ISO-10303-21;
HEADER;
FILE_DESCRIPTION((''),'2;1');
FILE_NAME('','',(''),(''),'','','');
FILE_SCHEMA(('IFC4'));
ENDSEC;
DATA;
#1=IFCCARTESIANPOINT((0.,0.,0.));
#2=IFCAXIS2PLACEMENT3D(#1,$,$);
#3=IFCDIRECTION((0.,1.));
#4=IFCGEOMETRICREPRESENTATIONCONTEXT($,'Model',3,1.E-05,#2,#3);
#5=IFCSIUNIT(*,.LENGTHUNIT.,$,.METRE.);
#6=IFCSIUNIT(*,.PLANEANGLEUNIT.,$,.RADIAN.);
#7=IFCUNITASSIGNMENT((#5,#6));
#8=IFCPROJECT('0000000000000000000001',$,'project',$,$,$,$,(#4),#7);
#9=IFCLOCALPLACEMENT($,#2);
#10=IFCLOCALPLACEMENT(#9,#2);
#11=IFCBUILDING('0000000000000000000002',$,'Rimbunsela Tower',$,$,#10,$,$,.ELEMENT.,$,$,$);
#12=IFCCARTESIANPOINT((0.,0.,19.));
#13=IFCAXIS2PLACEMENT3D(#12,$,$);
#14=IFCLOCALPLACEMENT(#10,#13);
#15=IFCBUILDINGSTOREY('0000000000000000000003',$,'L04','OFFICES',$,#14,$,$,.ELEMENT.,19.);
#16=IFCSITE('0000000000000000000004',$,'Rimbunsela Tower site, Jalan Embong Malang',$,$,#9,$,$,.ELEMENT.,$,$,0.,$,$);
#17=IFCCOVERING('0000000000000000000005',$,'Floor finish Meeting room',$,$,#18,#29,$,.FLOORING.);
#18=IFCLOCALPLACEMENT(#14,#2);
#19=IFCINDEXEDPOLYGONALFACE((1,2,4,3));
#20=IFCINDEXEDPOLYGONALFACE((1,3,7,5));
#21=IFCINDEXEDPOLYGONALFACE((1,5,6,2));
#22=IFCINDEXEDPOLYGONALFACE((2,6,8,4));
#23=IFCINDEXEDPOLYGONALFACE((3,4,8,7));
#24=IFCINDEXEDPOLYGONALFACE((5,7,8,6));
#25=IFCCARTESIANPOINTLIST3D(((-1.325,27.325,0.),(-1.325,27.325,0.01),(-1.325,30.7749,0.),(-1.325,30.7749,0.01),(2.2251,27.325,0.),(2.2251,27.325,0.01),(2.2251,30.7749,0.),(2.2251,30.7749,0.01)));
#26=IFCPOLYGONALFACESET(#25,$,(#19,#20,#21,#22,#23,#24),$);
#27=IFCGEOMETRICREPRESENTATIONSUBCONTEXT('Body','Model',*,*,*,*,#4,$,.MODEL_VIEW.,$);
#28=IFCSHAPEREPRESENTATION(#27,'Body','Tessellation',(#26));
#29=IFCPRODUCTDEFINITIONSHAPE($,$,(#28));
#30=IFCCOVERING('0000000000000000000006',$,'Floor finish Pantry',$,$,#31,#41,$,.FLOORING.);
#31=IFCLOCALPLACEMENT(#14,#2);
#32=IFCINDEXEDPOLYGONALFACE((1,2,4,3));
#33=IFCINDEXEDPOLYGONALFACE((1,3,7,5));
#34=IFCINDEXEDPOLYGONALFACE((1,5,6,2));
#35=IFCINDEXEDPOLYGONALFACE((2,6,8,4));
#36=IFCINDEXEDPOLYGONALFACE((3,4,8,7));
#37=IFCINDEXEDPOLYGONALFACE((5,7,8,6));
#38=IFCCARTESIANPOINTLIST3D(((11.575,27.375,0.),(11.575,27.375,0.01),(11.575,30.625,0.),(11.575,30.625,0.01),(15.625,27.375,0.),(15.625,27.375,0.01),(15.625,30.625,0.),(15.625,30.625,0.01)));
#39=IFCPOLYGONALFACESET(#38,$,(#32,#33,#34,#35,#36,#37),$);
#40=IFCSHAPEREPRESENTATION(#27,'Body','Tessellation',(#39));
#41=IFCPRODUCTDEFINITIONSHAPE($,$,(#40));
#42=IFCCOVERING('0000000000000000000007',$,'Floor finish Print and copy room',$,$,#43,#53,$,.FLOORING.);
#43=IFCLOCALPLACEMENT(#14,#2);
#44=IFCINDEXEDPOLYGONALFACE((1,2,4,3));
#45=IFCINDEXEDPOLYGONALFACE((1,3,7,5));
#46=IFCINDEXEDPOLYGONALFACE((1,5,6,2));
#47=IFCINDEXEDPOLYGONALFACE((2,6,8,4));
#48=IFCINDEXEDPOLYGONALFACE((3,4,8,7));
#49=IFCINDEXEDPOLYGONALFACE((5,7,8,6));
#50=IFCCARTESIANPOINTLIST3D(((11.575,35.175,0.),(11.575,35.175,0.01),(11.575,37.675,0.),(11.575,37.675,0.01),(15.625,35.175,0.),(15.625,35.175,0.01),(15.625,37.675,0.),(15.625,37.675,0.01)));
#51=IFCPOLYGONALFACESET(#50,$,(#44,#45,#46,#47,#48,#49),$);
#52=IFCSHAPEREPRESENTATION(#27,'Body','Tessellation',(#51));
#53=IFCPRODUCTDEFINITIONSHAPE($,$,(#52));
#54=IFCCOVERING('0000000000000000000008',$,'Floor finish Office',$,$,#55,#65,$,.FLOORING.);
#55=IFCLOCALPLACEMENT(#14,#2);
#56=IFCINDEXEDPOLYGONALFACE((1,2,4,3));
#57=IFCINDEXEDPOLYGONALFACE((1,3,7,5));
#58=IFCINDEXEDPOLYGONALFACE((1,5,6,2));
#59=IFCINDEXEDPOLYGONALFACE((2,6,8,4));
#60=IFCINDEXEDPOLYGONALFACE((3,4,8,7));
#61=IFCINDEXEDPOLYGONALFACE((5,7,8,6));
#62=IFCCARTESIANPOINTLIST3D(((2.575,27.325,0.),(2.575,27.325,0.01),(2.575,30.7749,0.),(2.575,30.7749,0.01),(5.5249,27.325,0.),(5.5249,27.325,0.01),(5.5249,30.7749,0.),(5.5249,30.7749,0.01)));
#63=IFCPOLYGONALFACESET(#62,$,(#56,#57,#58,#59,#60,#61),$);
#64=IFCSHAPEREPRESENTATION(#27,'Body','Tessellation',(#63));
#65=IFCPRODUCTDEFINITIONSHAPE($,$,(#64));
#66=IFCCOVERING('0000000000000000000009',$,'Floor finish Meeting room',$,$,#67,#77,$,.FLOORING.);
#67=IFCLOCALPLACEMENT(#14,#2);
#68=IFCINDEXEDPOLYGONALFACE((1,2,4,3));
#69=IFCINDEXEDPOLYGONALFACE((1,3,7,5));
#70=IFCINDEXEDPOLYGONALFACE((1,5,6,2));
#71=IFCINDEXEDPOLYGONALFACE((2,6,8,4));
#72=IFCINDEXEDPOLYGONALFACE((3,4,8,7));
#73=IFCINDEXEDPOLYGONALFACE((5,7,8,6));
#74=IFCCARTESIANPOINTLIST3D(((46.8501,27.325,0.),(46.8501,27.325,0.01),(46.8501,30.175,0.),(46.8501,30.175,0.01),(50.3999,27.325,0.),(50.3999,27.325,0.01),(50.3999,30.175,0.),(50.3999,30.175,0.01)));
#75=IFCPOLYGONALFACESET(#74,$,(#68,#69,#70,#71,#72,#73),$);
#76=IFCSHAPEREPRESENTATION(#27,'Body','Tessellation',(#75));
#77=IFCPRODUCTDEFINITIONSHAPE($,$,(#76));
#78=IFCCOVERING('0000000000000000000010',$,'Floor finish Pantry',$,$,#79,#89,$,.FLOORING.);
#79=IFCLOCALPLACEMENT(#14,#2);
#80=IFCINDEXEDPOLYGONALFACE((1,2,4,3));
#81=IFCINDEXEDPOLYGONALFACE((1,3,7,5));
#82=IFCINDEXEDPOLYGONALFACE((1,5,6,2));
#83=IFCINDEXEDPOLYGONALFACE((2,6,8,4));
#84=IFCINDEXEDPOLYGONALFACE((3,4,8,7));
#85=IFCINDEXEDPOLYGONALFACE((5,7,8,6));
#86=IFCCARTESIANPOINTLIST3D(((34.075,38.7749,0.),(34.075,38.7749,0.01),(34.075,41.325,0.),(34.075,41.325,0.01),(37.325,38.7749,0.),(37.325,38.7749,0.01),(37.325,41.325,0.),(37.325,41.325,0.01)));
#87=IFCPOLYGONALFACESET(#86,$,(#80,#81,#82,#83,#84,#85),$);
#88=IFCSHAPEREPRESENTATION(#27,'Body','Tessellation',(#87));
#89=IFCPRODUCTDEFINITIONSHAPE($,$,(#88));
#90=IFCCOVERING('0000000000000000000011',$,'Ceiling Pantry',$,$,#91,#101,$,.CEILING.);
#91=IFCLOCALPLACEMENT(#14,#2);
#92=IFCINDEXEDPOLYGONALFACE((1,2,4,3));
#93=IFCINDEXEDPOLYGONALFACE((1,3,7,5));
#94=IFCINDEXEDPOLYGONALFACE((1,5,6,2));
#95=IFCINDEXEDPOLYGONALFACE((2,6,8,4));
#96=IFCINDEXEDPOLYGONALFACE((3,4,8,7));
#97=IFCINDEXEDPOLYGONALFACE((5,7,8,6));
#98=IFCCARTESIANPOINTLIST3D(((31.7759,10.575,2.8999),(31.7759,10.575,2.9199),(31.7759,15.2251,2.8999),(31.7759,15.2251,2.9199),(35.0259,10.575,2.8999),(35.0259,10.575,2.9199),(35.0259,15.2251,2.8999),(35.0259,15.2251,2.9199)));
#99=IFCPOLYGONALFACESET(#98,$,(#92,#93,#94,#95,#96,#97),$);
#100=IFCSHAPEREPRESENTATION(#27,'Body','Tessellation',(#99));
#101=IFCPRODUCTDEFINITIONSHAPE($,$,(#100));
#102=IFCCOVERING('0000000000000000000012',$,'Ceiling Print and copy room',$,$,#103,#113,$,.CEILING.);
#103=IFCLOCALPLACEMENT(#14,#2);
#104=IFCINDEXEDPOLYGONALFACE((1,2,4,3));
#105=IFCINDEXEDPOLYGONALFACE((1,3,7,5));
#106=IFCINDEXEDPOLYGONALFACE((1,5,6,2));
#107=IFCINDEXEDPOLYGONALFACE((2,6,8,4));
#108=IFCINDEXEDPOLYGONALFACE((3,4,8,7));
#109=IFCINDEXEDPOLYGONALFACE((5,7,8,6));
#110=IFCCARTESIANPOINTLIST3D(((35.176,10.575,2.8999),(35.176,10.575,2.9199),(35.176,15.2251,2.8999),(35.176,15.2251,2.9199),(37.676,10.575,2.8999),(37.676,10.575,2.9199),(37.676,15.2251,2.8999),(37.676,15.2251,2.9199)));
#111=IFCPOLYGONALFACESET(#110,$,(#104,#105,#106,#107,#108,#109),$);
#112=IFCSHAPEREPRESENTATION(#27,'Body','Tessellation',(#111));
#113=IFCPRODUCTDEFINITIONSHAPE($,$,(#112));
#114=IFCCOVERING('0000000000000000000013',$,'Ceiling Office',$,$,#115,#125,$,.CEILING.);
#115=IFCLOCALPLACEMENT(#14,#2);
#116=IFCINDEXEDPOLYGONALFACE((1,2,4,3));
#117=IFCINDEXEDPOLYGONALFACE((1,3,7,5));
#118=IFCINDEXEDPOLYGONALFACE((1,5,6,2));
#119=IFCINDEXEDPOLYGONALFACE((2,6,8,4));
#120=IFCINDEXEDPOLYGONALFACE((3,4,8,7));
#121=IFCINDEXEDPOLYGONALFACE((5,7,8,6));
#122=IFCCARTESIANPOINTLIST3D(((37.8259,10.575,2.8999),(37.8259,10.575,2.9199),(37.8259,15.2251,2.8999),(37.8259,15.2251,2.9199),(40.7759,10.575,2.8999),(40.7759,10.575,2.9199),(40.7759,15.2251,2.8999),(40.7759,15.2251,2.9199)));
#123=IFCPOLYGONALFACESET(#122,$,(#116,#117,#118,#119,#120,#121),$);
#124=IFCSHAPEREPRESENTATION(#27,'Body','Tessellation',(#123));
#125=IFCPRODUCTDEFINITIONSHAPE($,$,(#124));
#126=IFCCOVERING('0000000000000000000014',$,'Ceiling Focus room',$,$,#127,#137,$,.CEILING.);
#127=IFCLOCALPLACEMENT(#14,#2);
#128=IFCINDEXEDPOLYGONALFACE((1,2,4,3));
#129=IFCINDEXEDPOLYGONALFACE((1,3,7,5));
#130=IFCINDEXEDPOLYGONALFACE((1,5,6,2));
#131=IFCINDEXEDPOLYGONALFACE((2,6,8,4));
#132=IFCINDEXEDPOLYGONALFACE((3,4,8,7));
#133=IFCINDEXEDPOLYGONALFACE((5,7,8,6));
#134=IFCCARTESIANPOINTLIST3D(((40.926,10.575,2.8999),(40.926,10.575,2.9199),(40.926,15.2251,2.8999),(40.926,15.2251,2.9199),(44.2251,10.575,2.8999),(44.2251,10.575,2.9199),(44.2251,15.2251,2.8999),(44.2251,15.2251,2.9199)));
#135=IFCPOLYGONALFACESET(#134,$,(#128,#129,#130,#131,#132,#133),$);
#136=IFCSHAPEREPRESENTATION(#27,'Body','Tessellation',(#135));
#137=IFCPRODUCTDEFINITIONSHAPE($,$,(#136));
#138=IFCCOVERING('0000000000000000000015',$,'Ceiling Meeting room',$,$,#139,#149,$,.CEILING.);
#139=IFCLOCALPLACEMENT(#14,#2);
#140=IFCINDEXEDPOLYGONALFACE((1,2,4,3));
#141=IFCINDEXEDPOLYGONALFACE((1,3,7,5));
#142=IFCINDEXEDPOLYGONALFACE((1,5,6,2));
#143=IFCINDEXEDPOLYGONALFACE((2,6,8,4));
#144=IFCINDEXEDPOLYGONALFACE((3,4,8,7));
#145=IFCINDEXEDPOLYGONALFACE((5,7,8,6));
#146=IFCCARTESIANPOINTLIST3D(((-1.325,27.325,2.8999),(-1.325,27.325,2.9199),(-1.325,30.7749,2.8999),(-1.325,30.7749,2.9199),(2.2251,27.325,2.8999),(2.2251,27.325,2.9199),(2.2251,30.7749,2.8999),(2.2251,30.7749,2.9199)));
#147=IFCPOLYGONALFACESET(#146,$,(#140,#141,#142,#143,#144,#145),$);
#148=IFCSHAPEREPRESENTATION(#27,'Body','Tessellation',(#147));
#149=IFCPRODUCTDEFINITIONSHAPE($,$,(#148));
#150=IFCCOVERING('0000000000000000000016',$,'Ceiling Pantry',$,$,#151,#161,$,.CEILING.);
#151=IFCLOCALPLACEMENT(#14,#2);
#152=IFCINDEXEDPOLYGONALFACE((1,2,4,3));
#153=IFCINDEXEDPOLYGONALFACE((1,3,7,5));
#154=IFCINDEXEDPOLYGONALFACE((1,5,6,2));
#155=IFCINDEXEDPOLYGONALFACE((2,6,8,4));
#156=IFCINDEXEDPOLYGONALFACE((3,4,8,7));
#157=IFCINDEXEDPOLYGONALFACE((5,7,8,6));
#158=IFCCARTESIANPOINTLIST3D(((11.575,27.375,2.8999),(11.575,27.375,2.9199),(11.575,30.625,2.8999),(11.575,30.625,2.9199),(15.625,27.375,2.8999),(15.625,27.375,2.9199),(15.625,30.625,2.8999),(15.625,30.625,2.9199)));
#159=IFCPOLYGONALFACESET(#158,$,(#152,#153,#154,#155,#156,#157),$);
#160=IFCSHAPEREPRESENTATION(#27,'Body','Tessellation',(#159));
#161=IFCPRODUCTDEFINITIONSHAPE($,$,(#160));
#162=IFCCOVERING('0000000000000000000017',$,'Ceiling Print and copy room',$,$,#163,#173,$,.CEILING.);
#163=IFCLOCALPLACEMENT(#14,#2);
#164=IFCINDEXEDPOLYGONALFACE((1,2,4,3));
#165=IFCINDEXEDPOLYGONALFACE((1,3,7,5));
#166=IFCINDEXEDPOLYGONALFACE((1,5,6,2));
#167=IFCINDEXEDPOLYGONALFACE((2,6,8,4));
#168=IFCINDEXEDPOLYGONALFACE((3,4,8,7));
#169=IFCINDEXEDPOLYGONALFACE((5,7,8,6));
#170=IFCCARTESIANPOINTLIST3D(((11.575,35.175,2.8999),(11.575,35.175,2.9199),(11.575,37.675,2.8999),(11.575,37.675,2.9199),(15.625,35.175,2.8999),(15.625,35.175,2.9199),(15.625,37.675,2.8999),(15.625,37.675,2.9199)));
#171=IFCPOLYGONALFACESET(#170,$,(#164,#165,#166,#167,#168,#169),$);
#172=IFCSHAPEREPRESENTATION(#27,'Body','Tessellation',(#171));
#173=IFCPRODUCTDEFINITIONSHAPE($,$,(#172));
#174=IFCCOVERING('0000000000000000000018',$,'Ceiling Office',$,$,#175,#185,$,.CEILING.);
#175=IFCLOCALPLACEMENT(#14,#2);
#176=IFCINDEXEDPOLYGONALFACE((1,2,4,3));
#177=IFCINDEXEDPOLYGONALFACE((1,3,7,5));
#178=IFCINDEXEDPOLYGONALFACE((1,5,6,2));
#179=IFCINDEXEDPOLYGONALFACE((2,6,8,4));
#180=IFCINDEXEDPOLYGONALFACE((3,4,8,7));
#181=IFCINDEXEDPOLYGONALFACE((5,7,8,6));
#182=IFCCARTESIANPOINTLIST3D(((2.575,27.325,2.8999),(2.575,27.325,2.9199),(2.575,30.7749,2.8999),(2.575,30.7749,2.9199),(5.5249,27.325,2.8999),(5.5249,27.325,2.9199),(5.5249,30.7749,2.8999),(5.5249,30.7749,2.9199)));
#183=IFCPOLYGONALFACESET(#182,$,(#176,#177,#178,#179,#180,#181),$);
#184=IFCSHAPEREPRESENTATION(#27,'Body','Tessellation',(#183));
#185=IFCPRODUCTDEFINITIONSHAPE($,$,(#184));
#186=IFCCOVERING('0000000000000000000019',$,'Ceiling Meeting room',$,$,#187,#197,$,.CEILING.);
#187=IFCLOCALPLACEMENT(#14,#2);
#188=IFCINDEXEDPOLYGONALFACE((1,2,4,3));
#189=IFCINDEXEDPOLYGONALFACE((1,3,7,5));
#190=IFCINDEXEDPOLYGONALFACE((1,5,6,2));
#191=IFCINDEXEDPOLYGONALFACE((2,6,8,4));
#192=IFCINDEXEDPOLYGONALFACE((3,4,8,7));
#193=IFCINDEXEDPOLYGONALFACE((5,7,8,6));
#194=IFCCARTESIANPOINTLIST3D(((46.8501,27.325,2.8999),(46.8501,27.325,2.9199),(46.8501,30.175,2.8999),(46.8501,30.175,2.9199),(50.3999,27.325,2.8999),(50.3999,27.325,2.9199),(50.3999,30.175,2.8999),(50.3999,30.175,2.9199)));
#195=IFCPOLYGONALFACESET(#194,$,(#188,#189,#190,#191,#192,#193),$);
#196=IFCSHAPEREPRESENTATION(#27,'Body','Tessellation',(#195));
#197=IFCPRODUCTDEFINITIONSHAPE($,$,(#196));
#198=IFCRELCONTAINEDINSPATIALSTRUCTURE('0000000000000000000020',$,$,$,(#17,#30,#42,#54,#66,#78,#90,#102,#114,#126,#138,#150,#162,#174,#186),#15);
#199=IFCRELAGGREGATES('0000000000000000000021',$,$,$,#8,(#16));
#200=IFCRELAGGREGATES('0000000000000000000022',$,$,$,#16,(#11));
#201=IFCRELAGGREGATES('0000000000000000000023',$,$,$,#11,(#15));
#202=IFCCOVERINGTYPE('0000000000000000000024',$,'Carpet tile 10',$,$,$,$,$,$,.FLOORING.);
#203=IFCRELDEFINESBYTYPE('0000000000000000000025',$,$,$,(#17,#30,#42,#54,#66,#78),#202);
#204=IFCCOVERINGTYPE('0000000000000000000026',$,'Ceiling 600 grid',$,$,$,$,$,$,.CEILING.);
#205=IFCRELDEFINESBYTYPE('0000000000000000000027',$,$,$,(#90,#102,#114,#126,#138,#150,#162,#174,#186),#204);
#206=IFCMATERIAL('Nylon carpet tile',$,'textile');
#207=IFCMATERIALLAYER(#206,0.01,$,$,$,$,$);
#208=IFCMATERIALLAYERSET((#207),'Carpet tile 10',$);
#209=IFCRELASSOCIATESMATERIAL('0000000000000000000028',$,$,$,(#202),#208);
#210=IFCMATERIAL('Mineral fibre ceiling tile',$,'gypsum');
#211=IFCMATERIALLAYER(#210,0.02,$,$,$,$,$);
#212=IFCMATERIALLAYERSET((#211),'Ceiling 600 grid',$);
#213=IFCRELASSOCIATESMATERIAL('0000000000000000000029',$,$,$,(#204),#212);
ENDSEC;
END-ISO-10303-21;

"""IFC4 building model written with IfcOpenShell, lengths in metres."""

from ifc_helpers import new_model, si_unit, direction, frame, origin, place, context, subcontext, project, spatial, polyline, outline, extrude, material, layer, layer_set, type_object, element, save


model = new_model("IFC4")

# Units and contexts
model_context = context("Model", 3, precision=1e-05, world=origin(), true_north=direction((0.0, 1.0)))
body_context = subcontext(model_context, "Body", "Model", "MODEL_VIEW")
ifc_project = project(units=[si_unit("LENGTHUNIT", "METRE"), si_unit("PLANEANGLEUNIT", "RADIAN")], contexts=[model_context])

# Site, building, storey
site_placement = place(None, origin())
site = spatial("IfcSite", under=ifc_project, at=site_placement, Name="Rimbunsela Tower site, Jalan Embong Malang", CompositionType="ELEMENT", RefElevation=0.0)
building_placement = place(site_placement, origin())
building = spatial("IfcBuilding", under=site, at=building_placement, Name="Rimbunsela Tower", CompositionType="ELEMENT")
storey_placement = place(building_placement, frame((0.0, 0.0, 19.0)))
storey = spatial("IfcBuildingStorey", under=building, at=storey_placement, Name="L04", Description="OFFICES", CompositionType="ELEMENT", Elevation=19.0)

# Coverings
ifc_material_1 = material(Name="Nylon carpet tile", Category="textile")
ifc_layer_1 = layer(ifc_material_1, 0.01)
ifc_layer_set_1 = layer_set([ifc_layer_1], Name="Carpet tile 10")
covering_type_1 = type_object("IfcCoveringType", Name="Carpet tile 10", PredefinedType="FLOORING", material=ifc_layer_set_1)
covering_1_placement = place(storey_placement, origin())
element("IfcCovering", 1, at=covering_1_placement, inside=storey, type_object=covering_type_1, Name="Floor finish Meeting room", PredefinedType="FLOORING", context=body_context, shape_type="SweptSolid", body=[
    extrude(outline(polyline([(2.2251, 27.325), (2.2251, 30.7749), (-1.325, 30.7749), (-1.325, 27.325), (2.2251, 27.325)])), origin(), (0.0, 0.0, 1.0), 0.01),
])
covering_2_placement = place(storey_placement, origin())
element("IfcCovering", 2, at=covering_2_placement, inside=storey, type_object=covering_type_1, Name="Floor finish Pantry", PredefinedType="FLOORING", context=body_context, shape_type="SweptSolid", body=[
    extrude(outline(polyline([(15.625, 27.375), (15.625, 30.625), (11.575, 30.625), (11.575, 27.375), (15.625, 27.375)])), origin(), (0.0, 0.0, 1.0), 0.01),
])
covering_3_placement = place(storey_placement, origin())
element("IfcCovering", 3, at=covering_3_placement, inside=storey, type_object=covering_type_1, Name="Floor finish Print and copy room", PredefinedType="FLOORING", context=body_context, shape_type="SweptSolid", body=[
    extrude(outline(polyline([(15.625, 35.175), (15.625, 37.675), (11.575, 37.675), (11.575, 35.175), (15.625, 35.175)])), origin(), (0.0, 0.0, 1.0), 0.01),
])
covering_4_placement = place(storey_placement, origin())
element("IfcCovering", 4, at=covering_4_placement, inside=storey, type_object=covering_type_1, Name="Floor finish Office", PredefinedType="FLOORING", context=body_context, shape_type="SweptSolid", body=[
    extrude(outline(polyline([(5.5249, 27.325), (5.5249, 30.7749), (2.575, 30.7749), (2.575, 27.325), (5.5249, 27.325)])), origin(), (0.0, 0.0, 1.0), 0.01),
])
covering_5_placement = place(storey_placement, origin())
element("IfcCovering", 5, at=covering_5_placement, inside=storey, type_object=covering_type_1, Name="Floor finish Meeting room", PredefinedType="FLOORING", context=body_context, shape_type="SweptSolid", body=[
    extrude(outline(polyline([(50.3999, 27.325), (50.3999, 30.175), (46.8501, 30.175), (46.8501, 27.325), (50.3999, 27.325)])), origin(), (0.0, 0.0, 1.0), 0.01),
])
covering_6_placement = place(storey_placement, origin())
element("IfcCovering", 6, at=covering_6_placement, inside=storey, type_object=covering_type_1, Name="Floor finish Pantry", PredefinedType="FLOORING", context=body_context, shape_type="SweptSolid", body=[
    extrude(outline(polyline([(37.325, 38.7749), (37.325, 41.325), (34.075, 41.325), (34.075, 38.7749), (37.325, 38.7749)])), origin(), (0.0, 0.0, 1.0), 0.01),
])
ifc_material_2 = material(Name="Mineral fibre ceiling tile", Category="gypsum")
ifc_layer_2 = layer(ifc_material_2, 0.02)
ifc_layer_set_2 = layer_set([ifc_layer_2], Name="Ceiling 600 grid")
covering_type_2 = type_object("IfcCoveringType", Name="Ceiling 600 grid", PredefinedType="CEILING", material=ifc_layer_set_2)
covering_7_placement = place(storey_placement, frame((0.0, 0.0, 2.8999)))
element("IfcCovering", 7, at=covering_7_placement, inside=storey, type_object=covering_type_2, Name="Ceiling Pantry", PredefinedType="CEILING", context=body_context, shape_type="SweptSolid", body=[
    extrude(outline(polyline([(35.0259, 10.575), (35.0259, 15.2251), (31.7759, 15.2251), (31.7759, 10.575), (35.0259, 10.575)])), origin(), (0.0, 0.0, 1.0), 0.02),
])
covering_8_placement = place(storey_placement, frame((0.0, 0.0, 2.8999)))
element("IfcCovering", 8, at=covering_8_placement, inside=storey, type_object=covering_type_2, Name="Ceiling Print and copy room", PredefinedType="CEILING", context=body_context, shape_type="SweptSolid", body=[
    extrude(outline(polyline([(37.676, 10.575), (37.676, 15.2251), (35.176, 15.2251), (35.176, 10.575), (37.676, 10.575)])), origin(), (0.0, 0.0, 1.0), 0.02),
])
covering_9_placement = place(storey_placement, frame((0.0, 0.0, 2.8999)))
element("IfcCovering", 9, at=covering_9_placement, inside=storey, type_object=covering_type_2, Name="Ceiling Office", PredefinedType="CEILING", context=body_context, shape_type="SweptSolid", body=[
    extrude(outline(polyline([(40.7759, 10.575), (40.7759, 15.2251), (37.8259, 15.2251), (37.8259, 10.575), (40.7759, 10.575)])), origin(), (0.0, 0.0, 1.0), 0.02),
])
covering_10_placement = place(storey_placement, frame((0.0, 0.0, 2.8999)))
element("IfcCovering", 10, at=covering_10_placement, inside=storey, type_object=covering_type_2, Name="Ceiling Focus room", PredefinedType="CEILING", context=body_context, shape_type="SweptSolid", body=[
    extrude(outline(polyline([(44.2251, 10.575), (44.2251, 15.2251), (40.926, 15.2251), (40.926, 10.575), (44.2251, 10.575)])), origin(), (0.0, 0.0, 1.0), 0.02),
])
covering_11_placement = place(storey_placement, frame((0.0, 0.0, 2.8999)))
element("IfcCovering", 11, at=covering_11_placement, inside=storey, type_object=covering_type_2, Name="Ceiling Meeting room", PredefinedType="CEILING", context=body_context, shape_type="SweptSolid", body=[
    extrude(outline(polyline([(2.2251, 27.325), (2.2251, 30.7749), (-1.325, 30.7749), (-1.325, 27.325), (2.2251, 27.325)])), origin(), (0.0, 0.0, 1.0), 0.02),
])
covering_12_placement = place(storey_placement, frame((0.0, 0.0, 2.8999)))
element("IfcCovering", 12, at=covering_12_placement, inside=storey, type_object=covering_type_2, Name="Ceiling Pantry", PredefinedType="CEILING", context=body_context, shape_type="SweptSolid", body=[
    extrude(outline(polyline([(15.625, 27.375), (15.625, 30.625), (11.575, 30.625), (11.575, 27.375), (15.625, 27.375)])), origin(), (0.0, 0.0, 1.0), 0.02),
])
covering_13_placement = place(storey_placement, frame((0.0, 0.0, 2.8999)))
element("IfcCovering", 13, at=covering_13_placement, inside=storey, type_object=covering_type_2, Name="Ceiling Print and copy room", PredefinedType="CEILING", context=body_context, shape_type="SweptSolid", body=[
    extrude(outline(polyline([(15.625, 35.175), (15.625, 37.675), (11.575, 37.675), (11.575, 35.175), (15.625, 35.175)])), origin(), (0.0, 0.0, 1.0), 0.02),
])
covering_14_placement = place(storey_placement, frame((0.0, 0.0, 2.8999)))
element("IfcCovering", 14, at=covering_14_placement, inside=storey, type_object=covering_type_2, Name="Ceiling Office", PredefinedType="CEILING", context=body_context, shape_type="SweptSolid", body=[
    extrude(outline(polyline([(5.5249, 27.325), (5.5249, 30.7749), (2.575, 30.7749), (2.575, 27.325), (5.5249, 27.325)])), origin(), (0.0, 0.0, 1.0), 0.02),
])
covering_15_placement = place(storey_placement, frame((0.0, 0.0, 2.8999)))
element("IfcCovering", 15, at=covering_15_placement, inside=storey, type_object=covering_type_2, Name="Ceiling Meeting room", PredefinedType="CEILING", context=body_context, shape_type="SweptSolid", body=[
    extrude(outline(polyline([(50.3999, 27.325), (50.3999, 30.175), (46.8501, 30.175), (46.8501, 27.325), (50.3999, 27.325)])), origin(), (0.0, 0.0, 1.0), 0.02),
])

save(model, "model.ifc")
